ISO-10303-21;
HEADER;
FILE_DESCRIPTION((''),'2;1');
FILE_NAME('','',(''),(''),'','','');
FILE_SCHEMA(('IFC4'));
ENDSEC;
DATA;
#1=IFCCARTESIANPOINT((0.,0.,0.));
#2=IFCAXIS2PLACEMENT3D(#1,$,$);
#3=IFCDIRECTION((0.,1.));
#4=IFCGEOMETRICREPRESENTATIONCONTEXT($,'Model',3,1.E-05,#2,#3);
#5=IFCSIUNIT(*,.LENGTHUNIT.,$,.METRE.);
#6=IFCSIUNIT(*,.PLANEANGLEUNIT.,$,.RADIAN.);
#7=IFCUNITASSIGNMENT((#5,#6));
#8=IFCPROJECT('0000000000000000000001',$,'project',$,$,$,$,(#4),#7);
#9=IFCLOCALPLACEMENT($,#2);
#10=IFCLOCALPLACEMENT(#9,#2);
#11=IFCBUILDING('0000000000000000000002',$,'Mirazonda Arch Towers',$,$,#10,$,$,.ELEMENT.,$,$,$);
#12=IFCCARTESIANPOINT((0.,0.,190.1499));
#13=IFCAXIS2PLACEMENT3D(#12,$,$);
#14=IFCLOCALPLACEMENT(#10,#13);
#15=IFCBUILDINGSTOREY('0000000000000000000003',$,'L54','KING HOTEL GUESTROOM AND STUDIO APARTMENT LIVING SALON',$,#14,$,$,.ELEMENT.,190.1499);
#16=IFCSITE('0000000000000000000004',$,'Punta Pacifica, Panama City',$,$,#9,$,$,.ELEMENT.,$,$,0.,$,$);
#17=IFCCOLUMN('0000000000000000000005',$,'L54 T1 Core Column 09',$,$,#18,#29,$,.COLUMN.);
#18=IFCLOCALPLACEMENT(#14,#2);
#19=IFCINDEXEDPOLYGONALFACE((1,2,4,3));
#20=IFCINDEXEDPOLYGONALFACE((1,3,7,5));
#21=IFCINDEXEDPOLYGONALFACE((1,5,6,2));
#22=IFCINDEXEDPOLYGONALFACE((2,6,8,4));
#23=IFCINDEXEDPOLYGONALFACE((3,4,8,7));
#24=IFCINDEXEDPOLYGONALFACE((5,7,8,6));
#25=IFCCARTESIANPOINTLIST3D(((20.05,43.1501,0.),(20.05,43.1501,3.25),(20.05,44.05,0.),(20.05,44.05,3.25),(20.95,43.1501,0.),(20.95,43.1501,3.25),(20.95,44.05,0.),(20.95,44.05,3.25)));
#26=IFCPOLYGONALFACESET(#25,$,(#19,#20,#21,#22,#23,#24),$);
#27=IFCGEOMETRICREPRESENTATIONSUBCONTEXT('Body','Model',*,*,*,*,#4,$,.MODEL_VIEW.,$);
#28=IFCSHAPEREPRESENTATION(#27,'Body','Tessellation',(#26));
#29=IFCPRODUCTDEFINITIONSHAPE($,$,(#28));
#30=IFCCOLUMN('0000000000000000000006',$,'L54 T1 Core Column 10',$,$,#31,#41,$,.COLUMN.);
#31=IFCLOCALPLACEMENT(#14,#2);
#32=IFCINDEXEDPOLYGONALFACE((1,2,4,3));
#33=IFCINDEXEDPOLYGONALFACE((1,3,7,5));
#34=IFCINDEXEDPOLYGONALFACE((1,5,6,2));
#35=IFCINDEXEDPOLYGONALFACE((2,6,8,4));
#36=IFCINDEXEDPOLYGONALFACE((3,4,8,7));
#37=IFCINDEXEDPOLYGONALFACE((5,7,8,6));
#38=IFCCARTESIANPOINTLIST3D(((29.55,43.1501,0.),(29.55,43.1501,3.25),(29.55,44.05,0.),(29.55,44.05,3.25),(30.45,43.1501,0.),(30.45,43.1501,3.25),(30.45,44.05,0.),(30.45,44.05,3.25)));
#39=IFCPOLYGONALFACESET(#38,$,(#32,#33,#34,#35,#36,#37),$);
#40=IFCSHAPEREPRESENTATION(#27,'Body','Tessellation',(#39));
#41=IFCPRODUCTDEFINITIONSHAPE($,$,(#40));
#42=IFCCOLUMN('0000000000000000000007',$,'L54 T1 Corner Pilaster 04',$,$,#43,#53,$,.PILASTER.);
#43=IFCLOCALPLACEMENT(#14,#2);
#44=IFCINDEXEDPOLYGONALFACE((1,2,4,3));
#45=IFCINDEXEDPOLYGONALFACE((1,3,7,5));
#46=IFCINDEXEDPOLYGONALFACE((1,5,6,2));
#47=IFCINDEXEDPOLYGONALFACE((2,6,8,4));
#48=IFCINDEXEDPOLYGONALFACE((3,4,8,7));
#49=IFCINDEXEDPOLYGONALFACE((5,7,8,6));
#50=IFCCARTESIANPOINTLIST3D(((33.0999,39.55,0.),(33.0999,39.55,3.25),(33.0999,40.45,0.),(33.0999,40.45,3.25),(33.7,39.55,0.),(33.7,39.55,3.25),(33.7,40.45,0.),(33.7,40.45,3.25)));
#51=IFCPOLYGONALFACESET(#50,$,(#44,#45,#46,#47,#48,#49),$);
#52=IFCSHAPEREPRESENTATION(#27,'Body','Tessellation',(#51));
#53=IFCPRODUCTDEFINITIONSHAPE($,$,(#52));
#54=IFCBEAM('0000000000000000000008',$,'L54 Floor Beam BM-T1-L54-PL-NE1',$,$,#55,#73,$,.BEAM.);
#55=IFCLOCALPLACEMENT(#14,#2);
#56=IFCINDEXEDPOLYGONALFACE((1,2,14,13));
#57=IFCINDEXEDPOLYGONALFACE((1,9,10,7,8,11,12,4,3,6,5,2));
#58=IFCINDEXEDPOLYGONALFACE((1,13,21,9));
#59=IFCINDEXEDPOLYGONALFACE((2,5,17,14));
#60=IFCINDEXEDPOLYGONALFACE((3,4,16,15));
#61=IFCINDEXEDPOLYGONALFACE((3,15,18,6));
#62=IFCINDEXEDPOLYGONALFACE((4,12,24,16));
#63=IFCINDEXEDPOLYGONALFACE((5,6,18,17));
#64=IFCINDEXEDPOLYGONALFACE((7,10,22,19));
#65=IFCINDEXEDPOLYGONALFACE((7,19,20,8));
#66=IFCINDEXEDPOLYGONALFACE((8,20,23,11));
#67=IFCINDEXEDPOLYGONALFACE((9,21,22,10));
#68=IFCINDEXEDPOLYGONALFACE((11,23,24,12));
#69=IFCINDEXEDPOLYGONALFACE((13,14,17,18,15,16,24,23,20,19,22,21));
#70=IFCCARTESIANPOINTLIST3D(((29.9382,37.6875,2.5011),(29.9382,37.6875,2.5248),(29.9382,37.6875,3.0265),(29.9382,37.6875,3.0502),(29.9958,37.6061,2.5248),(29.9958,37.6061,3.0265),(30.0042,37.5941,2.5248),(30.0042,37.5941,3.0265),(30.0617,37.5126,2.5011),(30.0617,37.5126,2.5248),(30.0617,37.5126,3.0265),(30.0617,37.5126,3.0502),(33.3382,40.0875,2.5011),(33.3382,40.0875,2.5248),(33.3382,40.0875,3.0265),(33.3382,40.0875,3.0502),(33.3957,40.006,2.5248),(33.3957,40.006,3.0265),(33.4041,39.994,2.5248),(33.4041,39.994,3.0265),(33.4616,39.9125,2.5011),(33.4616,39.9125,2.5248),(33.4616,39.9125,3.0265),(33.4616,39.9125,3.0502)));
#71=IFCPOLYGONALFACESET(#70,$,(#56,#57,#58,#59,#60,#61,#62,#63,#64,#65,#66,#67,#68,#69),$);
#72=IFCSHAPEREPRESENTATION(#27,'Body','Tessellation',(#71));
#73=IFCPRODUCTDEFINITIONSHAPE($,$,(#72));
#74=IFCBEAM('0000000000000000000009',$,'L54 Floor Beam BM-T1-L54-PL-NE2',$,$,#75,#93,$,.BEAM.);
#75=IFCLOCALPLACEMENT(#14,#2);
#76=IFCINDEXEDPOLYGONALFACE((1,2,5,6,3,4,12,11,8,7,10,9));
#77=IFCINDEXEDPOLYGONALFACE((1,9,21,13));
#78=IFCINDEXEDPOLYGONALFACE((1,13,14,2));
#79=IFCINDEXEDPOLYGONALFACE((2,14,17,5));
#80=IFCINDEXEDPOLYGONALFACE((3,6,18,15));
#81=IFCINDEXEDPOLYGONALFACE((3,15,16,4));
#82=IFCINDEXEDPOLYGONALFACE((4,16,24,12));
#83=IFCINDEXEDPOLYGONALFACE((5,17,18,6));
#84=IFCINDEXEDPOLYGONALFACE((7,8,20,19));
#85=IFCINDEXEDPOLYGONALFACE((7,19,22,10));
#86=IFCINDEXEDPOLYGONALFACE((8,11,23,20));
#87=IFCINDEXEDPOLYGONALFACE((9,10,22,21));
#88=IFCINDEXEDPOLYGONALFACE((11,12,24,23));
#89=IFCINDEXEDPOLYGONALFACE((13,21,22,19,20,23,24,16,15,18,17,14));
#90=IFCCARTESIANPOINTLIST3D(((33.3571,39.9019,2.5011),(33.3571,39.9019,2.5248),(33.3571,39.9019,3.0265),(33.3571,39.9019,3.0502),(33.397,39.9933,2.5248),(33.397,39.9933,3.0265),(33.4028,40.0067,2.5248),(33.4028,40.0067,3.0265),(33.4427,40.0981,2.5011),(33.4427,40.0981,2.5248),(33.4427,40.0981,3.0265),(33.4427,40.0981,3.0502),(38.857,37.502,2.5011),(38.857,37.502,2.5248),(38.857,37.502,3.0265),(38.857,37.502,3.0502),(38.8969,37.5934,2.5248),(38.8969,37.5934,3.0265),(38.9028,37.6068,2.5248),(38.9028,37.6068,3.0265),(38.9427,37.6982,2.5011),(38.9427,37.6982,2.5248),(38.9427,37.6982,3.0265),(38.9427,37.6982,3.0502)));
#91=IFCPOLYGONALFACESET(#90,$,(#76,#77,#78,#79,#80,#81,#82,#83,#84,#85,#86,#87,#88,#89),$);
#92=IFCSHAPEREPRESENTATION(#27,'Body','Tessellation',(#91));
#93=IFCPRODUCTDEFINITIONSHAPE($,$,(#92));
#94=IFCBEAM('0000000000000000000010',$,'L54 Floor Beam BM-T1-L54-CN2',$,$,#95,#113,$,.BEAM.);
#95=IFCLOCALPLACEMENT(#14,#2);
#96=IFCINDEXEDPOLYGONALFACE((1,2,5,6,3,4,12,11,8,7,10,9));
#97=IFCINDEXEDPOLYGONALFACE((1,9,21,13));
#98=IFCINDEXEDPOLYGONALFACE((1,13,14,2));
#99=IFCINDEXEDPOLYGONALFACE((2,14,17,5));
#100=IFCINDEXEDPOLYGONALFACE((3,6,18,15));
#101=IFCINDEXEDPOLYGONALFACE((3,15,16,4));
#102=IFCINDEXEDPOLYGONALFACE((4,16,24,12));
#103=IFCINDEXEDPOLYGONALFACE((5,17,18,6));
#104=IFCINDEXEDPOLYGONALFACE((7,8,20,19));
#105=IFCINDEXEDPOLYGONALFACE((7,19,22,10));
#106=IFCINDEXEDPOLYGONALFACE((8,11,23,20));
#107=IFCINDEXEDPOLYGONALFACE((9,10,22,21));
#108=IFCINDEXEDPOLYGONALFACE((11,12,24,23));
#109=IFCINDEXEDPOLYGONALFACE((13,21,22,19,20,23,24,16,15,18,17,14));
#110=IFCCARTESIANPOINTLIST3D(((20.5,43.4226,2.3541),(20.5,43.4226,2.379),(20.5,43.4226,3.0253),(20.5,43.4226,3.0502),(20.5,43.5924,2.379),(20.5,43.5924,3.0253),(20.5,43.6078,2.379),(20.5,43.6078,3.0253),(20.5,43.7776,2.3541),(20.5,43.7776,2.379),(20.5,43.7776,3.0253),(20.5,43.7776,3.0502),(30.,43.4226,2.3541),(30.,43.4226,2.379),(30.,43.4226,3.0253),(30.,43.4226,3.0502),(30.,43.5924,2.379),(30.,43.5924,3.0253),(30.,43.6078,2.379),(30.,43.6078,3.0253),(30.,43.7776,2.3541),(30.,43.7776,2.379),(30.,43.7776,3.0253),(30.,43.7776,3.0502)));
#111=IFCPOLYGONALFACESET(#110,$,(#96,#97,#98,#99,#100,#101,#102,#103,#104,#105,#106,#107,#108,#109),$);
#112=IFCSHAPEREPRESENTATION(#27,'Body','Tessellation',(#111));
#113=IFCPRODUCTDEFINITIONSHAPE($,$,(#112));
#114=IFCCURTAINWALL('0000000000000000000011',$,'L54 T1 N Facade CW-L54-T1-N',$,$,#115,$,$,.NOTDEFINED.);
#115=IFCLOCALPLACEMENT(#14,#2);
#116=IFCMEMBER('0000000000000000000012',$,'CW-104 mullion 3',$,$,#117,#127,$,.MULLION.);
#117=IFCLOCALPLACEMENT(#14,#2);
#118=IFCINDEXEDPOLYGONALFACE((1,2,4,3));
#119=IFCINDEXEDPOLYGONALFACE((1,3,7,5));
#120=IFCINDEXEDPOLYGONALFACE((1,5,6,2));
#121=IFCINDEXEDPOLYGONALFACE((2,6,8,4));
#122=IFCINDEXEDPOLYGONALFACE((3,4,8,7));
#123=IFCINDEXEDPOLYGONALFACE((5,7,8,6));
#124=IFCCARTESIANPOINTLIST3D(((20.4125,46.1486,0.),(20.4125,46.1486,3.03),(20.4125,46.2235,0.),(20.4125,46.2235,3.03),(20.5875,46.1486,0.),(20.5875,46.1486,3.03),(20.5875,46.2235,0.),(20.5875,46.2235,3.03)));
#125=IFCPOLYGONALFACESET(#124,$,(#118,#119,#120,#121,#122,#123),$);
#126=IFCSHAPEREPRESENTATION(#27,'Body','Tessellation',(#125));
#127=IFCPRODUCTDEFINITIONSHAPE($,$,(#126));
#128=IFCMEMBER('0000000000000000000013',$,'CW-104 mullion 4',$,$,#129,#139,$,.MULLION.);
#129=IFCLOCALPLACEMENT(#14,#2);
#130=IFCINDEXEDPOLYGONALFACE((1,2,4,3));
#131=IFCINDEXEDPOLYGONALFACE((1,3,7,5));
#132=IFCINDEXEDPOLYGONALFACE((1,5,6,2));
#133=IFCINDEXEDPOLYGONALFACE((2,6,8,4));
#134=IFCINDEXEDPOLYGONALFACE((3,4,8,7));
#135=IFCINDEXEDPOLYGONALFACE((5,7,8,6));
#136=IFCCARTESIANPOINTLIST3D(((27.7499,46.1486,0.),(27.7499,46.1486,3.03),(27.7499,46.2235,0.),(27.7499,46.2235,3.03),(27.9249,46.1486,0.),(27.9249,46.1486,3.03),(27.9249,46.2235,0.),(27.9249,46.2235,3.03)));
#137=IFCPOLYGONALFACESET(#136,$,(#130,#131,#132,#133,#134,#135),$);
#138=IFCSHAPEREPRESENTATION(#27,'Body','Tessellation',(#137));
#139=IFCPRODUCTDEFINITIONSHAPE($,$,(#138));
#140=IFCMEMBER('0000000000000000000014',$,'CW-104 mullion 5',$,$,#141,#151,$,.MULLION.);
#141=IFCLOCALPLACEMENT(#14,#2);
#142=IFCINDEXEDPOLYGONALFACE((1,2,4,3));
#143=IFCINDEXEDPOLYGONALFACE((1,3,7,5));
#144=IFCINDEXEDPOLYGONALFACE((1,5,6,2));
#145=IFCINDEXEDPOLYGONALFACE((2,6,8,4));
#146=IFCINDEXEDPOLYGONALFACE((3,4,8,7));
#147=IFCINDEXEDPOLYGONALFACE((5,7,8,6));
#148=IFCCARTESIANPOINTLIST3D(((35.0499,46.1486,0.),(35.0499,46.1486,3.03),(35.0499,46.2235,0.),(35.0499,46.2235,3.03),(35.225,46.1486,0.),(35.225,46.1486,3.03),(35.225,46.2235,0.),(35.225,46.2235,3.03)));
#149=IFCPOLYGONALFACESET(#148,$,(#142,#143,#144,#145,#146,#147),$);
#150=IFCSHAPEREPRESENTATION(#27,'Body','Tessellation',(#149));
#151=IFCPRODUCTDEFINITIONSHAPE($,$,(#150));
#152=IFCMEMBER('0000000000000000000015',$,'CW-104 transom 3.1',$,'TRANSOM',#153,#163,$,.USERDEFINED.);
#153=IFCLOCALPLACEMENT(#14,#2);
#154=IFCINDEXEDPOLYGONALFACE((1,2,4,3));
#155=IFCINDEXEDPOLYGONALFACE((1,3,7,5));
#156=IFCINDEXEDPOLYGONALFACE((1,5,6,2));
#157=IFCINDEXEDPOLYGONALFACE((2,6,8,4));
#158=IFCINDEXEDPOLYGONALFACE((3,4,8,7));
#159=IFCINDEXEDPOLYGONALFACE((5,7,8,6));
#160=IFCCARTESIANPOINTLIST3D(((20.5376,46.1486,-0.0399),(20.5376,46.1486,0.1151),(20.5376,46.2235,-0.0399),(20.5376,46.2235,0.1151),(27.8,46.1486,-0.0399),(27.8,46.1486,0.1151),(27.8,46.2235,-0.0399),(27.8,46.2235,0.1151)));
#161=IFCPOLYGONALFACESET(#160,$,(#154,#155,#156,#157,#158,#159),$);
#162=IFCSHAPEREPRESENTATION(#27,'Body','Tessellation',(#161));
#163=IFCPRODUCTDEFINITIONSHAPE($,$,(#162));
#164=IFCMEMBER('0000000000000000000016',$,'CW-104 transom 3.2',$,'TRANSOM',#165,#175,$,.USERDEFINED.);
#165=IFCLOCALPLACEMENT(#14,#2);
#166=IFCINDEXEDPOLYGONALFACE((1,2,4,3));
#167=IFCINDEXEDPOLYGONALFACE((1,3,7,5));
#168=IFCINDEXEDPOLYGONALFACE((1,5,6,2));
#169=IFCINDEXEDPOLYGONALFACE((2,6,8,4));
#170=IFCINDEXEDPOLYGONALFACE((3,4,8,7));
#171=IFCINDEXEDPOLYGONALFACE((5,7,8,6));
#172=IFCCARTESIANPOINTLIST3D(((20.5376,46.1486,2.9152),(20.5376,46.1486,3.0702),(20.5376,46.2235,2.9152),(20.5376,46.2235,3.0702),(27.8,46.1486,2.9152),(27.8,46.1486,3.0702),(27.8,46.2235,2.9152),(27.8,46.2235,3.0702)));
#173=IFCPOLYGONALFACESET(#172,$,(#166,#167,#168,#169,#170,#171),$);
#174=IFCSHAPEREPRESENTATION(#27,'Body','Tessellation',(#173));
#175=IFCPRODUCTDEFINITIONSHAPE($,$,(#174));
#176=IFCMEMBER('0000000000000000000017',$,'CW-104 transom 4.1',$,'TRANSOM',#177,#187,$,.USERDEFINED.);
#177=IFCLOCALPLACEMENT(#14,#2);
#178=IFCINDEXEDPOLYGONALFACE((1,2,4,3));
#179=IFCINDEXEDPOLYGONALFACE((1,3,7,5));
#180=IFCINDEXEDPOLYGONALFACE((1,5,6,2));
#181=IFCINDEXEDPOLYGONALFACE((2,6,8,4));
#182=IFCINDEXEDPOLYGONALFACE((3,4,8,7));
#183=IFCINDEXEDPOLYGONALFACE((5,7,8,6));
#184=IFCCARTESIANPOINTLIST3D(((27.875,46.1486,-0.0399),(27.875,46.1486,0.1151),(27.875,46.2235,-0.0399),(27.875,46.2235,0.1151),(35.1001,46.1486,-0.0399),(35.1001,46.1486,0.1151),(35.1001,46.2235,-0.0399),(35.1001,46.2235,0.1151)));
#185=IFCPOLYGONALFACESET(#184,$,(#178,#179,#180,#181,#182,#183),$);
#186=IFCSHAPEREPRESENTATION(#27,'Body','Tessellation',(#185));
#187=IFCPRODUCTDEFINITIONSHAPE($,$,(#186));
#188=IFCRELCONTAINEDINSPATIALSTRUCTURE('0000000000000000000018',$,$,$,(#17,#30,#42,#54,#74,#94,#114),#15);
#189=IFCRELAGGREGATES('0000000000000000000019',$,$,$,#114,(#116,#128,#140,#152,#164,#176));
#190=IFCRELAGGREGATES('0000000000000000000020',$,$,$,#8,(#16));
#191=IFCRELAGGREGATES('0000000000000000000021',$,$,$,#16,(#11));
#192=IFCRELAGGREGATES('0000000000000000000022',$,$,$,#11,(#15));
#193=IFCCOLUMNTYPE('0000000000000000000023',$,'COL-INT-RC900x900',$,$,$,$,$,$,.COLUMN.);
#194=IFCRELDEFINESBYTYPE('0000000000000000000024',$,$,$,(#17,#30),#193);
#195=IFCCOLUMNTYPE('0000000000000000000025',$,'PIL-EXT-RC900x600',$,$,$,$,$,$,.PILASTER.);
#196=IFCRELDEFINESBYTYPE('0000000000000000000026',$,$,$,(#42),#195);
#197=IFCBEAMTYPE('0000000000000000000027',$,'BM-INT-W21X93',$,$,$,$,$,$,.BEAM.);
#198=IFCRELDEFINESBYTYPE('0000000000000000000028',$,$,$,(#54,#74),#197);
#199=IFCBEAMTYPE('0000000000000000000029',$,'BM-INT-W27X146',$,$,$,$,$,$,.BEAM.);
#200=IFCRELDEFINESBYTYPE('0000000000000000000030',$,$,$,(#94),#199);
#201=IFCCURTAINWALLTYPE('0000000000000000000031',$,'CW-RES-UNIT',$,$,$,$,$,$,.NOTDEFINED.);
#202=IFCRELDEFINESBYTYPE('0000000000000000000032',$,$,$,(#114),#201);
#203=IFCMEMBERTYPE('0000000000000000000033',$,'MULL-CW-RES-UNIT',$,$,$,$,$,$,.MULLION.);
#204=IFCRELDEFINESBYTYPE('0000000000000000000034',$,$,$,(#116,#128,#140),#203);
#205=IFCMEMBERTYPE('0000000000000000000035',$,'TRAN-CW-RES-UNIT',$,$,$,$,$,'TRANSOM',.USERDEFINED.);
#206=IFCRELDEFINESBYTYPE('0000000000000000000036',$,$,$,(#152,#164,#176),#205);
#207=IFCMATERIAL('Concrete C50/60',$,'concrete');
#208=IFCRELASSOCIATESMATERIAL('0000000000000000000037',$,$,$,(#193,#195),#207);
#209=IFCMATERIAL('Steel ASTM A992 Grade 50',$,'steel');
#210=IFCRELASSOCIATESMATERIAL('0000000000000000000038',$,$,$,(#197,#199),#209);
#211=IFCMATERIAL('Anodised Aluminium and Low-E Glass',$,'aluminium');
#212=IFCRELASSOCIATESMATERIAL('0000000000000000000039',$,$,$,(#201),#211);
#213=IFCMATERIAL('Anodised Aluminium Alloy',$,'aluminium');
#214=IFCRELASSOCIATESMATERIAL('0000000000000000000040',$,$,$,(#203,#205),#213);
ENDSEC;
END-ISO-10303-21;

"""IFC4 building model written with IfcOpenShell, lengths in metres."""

from ifc_helpers import new_model, si_unit, direction, frame, origin, origin_2d, place, context, subcontext, project, spatial, rectangle, i_section, extrude, material, material_profile, profile_set, type_object, element, aggregate, save


model = new_model("IFC4")

# Units and contexts
model_context = context("Model", 3, precision=1e-05, world=origin(), true_north=direction((0.0, 1.0)))
body_context = subcontext(model_context, "Body", "Model", "MODEL_VIEW")
ifc_project = project(units=[si_unit("LENGTHUNIT", "METRE"), si_unit("PLANEANGLEUNIT", "RADIAN")], contexts=[model_context])

# Site, building, storey
site_placement = place(None, origin())
site = spatial("IfcSite", under=ifc_project, at=site_placement, Name="Punta Pacifica, Panama City", CompositionType="ELEMENT", RefElevation=0.0)
building_placement = place(site_placement, origin())
building = spatial("IfcBuilding", under=site, at=building_placement, Name="Mirazonda Arch Towers", CompositionType="ELEMENT")
storey_placement = place(building_placement, frame((0.0, 0.0, 190.1499)))
storey = spatial("IfcBuildingStorey", under=building, at=storey_placement, Name="L54", Description="KING HOTEL GUESTROOM AND STUDIO APARTMENT LIVING SALON", CompositionType="ELEMENT", Elevation=190.1499)

# Columns
ifc_material_1 = material(Name="Concrete C50/60", Category="concrete")
ifc_material_profile_1 = material_profile(ifc_material_1, rectangle(XDim=0.8999, YDim=0.8999, at=origin_2d()), Name="RC900x900")
ifc_profile_set_1 = profile_set([ifc_material_profile_1], Name="Concrete C50/60")
column_type_1 = type_object("IfcColumnType", Name="COL-INT-RC900x900", PredefinedType="COLUMN", material=ifc_profile_set_1)
for number, where, z_axis, x_axis, name in (
    (1, (20.5, 43.6001, 0.0), (0.0, 0.0, 1.0), (1.0, 0.0, 0.0), "L54 T1 Core Column 09"),
    (2, (30.0, 43.6001, 0.0), (0.0, 0.0, 1.0), (1.0, 0.0, 0.0), "L54 T1 Core Column 10"),
):
    element("IfcColumn", number, at=place(storey_placement, frame(where, z_axis=z_axis, x_axis=x_axis)), inside=storey, type_object=column_type_1, Name=name, PredefinedType="COLUMN", context=body_context, shape_type="SweptSolid", body=[
        extrude(rectangle(XDim=0.8999, YDim=0.8999, at=origin_2d()), origin(), (0.0, 0.0, 1.0), 3.25),
    ])
ifc_material_profile_2 = material_profile(ifc_material_1, rectangle(XDim=0.6001, YDim=0.8999, at=origin_2d()), Name="RC900x600")
ifc_profile_set_2 = profile_set([ifc_material_profile_2], Name="Concrete C50/60")
column_type_2 = type_object("IfcColumnType", Name="PIL-EXT-RC900x600", PredefinedType="PILASTER", material=ifc_profile_set_2)
column_placement = place(storey_placement, frame((33.3999, 40.0, 0.0), z_axis=(0.0, 0.0, 1.0), x_axis=(1.0, 0.0, 0.0)))
element("IfcColumn", 3, at=column_placement, inside=storey, type_object=column_type_2, Name="L54 T1 Corner Pilaster 04", PredefinedType="PILASTER", context=body_context, shape_type="SweptSolid", body=[
    extrude(rectangle(XDim=0.6001, YDim=0.8999, at=origin_2d()), origin(), (0.0, 0.0, 1.0), 3.25),
])

# Beams
ifc_material_2 = material(Name="Steel ASTM A992 Grade 50", Category="steel")
ifc_material_profile_3 = material_profile(ifc_material_2, i_section(OverallWidth=0.2141, OverallDepth=0.5491, WebThickness=0.0146, FlangeThickness=0.0237, at=origin_2d()), Name="W21X93")
ifc_profile_set_3 = profile_set([ifc_material_profile_3], Name="Steel ASTM A992 Grade 50")
beam_type_1 = type_object("IfcBeamType", Name="BM-INT-W21X93", PredefinedType="BEAM", material=ifc_profile_set_3)
beam_1_placement = place(storey_placement, frame((33.3999, 40.0, 2.7756), z_axis=(-0.816971, -0.576679, 0.0), x_axis=(0.576679, -0.816971, 0.0)))
element("IfcBeam", 4, at=beam_1_placement, inside=storey, type_object=beam_type_1, Name="L54 Floor Beam BM-T1-L54-PL-NE1", PredefinedType="BEAM", context=body_context, shape_type="SweptSolid", body=[
    extrude(i_section(OverallWidth=0.2141, OverallDepth=0.5491, WebThickness=0.0146, FlangeThickness=0.0237, at=origin_2d()), origin(), (0.0, 0.0, 1.0), 4.1616),
])
beam_2_placement = place(storey_placement, frame((33.3999, 40.0, 2.7756), z_axis=(0.916545, -0.399931, 0.0), x_axis=(0.399931, 0.916545, 0.0)))
element("IfcBeam", 5, at=beam_2_placement, inside=storey, type_object=beam_type_1, Name="L54 Floor Beam BM-T1-L54-PL-NE2", PredefinedType="BEAM", context=body_context, shape_type="SweptSolid", body=[
    extrude(i_section(OverallWidth=0.2141, OverallDepth=0.5491, WebThickness=0.0146, FlangeThickness=0.0237, at=origin_2d()), origin(), (0.0, 0.0, 1.0), 6.0007),
])
ifc_material_profile_4 = material_profile(ifc_material_2, i_section(OverallWidth=0.355, OverallDepth=0.696, WebThickness=0.0154, FlangeThickness=0.0249, at=origin_2d()), Name="W27X146")
ifc_profile_set_4 = profile_set([ifc_material_profile_4], Name="Steel ASTM A992 Grade 50")
beam_type_2 = type_object("IfcBeamType", Name="BM-INT-W27X146", PredefinedType="BEAM", material=ifc_profile_set_4)
beam_3_placement = place(storey_placement, frame((20.5, 43.6001, 2.7021), z_axis=(1.0, 0.0, 0.0), x_axis=(0.0, 1.0, 0.0)))
element("IfcBeam", 6, at=beam_3_placement, inside=storey, type_object=beam_type_2, Name="L54 Floor Beam BM-T1-L54-CN2", PredefinedType="BEAM", context=body_context, shape_type="SweptSolid", body=[
    extrude(i_section(OverallWidth=0.355, OverallDepth=0.696, WebThickness=0.0154, FlangeThickness=0.0249, at=origin_2d()), origin(), (0.0, 0.0, 1.0), 9.5),
])

# Curtain wall, members
ifc_material_3 = material(Name="Anodised Aluminium and Low-E Glass", Category="aluminium")
curtain_wall_type = type_object("IfcCurtainWallType", Name="CW-RES-UNIT", PredefinedType="NOTDEFINED", material=ifc_material_3)
curtain_wall_placement = place(storey_placement, origin())
curtain_wall = element("IfcCurtainWall", 7, at=curtain_wall_placement, inside=storey, type_object=curtain_wall_type, Name="L54 T1 N Facade CW-L54-T1-N", PredefinedType="NOTDEFINED")
ifc_material_4 = material(Name="Anodised Aluminium Alloy", Category="aluminium")
ifc_material_profile_5 = material_profile(ifc_material_4, rectangle(XDim=0.075, YDim=0.175, at=origin_2d()), Name="ALU-MULL-75x175")
ifc_profile_set_5 = profile_set([ifc_material_profile_5], Name="Anodised Aluminium Alloy")
member_type_1 = type_object("IfcMemberType", Name="MULL-CW-RES-UNIT", PredefinedType="MULLION", material=ifc_profile_set_5)
member_1_placement = place(storey_placement, frame((20.5, 46.186, 0.0), z_axis=(0.0, 0.0, 1.0), x_axis=(0.0, 1.0, 0.0)))
member_1 = element("IfcMember", 8, at=member_1_placement, type_object=member_type_1, Name="CW-104 mullion 3", PredefinedType="MULLION", context=body_context, shape_type="SweptSolid", body=[
    extrude(rectangle(XDim=0.075, YDim=0.175, at=origin_2d()), origin(), (0.0, 0.0, 1.0), 3.03),
])
member_2_placement = place(storey_placement, frame((27.8374, 46.186, 0.0), z_axis=(0.0, 0.0, 1.0), x_axis=(0.0, 1.0, 0.0)))
member_2 = element("IfcMember", 9, at=member_2_placement, type_object=member_type_1, Name="CW-104 mullion 4", PredefinedType="MULLION", context=body_context, shape_type="SweptSolid", body=[
    extrude(rectangle(XDim=0.075, YDim=0.175, at=origin_2d()), origin(), (0.0, 0.0, 1.0), 3.03),
])
member_3_placement = place(storey_placement, frame((35.1375, 46.186, 0.0), z_axis=(0.0, 0.0, 1.0), x_axis=(0.0, 1.0, 0.0)))
member_3 = element("IfcMember", 10, at=member_3_placement, type_object=member_type_1, Name="CW-104 mullion 5", PredefinedType="MULLION", context=body_context, shape_type="SweptSolid", body=[
    extrude(rectangle(XDim=0.075, YDim=0.175, at=origin_2d()), origin(), (0.0, 0.0, 1.0), 3.03),
])
ifc_material_profile_6 = material_profile(ifc_material_4, rectangle(XDim=0.075, YDim=0.155, at=origin_2d()), Name="ALU-TRAN-75x155")
ifc_profile_set_6 = profile_set([ifc_material_profile_6], Name="Anodised Aluminium Alloy")
member_type_2 = type_object("IfcMemberType", Name="TRAN-CW-RES-UNIT", ElementType="TRANSOM", PredefinedType="USERDEFINED", material=ifc_profile_set_6)
member_4_placement = place(storey_placement, frame((20.5376, 46.186, 0.0376), z_axis=(1.0, 0.0, 0.0), x_axis=(0.0, 1.0, 0.0)))
member_4 = element("IfcMember", 11, at=member_4_placement, type_object=member_type_2, Name="CW-104 transom 3.1", ObjectType="TRANSOM", PredefinedType="USERDEFINED", context=body_context, shape_type="SweptSolid", body=[
    extrude(rectangle(XDim=0.075, YDim=0.155, at=origin_2d()), origin(), (0.0, 0.0, 1.0), 7.2625),
])
member_5_placement = place(storey_placement, frame((20.5376, 46.186, 2.9927), z_axis=(1.0, 0.0, 0.0), x_axis=(0.0, 1.0, 0.0)))
member_5 = element("IfcMember", 12, at=member_5_placement, type_object=member_type_2, Name="CW-104 transom 3.2", ObjectType="TRANSOM", PredefinedType="USERDEFINED", context=body_context, shape_type="SweptSolid", body=[
    extrude(rectangle(XDim=0.075, YDim=0.155, at=origin_2d()), origin(), (0.0, 0.0, 1.0), 7.2625),
])
member_6_placement = place(storey_placement, frame((27.875, 46.186, 0.0376), z_axis=(1.0, 0.0, 0.0), x_axis=(0.0, 1.0, 0.0)))
member_6 = element("IfcMember", 13, at=member_6_placement, type_object=member_type_2, Name="CW-104 transom 4.1", ObjectType="TRANSOM", PredefinedType="USERDEFINED", context=body_context, shape_type="SweptSolid", body=[
    extrude(rectangle(XDim=0.075, YDim=0.155, at=origin_2d()), origin(), (0.0, 0.0, 1.0), 7.2251),
])
aggregate(curtain_wall, [member_1, member_2, member_3, member_4, member_5, member_6])

save(model, "model.ifc")
